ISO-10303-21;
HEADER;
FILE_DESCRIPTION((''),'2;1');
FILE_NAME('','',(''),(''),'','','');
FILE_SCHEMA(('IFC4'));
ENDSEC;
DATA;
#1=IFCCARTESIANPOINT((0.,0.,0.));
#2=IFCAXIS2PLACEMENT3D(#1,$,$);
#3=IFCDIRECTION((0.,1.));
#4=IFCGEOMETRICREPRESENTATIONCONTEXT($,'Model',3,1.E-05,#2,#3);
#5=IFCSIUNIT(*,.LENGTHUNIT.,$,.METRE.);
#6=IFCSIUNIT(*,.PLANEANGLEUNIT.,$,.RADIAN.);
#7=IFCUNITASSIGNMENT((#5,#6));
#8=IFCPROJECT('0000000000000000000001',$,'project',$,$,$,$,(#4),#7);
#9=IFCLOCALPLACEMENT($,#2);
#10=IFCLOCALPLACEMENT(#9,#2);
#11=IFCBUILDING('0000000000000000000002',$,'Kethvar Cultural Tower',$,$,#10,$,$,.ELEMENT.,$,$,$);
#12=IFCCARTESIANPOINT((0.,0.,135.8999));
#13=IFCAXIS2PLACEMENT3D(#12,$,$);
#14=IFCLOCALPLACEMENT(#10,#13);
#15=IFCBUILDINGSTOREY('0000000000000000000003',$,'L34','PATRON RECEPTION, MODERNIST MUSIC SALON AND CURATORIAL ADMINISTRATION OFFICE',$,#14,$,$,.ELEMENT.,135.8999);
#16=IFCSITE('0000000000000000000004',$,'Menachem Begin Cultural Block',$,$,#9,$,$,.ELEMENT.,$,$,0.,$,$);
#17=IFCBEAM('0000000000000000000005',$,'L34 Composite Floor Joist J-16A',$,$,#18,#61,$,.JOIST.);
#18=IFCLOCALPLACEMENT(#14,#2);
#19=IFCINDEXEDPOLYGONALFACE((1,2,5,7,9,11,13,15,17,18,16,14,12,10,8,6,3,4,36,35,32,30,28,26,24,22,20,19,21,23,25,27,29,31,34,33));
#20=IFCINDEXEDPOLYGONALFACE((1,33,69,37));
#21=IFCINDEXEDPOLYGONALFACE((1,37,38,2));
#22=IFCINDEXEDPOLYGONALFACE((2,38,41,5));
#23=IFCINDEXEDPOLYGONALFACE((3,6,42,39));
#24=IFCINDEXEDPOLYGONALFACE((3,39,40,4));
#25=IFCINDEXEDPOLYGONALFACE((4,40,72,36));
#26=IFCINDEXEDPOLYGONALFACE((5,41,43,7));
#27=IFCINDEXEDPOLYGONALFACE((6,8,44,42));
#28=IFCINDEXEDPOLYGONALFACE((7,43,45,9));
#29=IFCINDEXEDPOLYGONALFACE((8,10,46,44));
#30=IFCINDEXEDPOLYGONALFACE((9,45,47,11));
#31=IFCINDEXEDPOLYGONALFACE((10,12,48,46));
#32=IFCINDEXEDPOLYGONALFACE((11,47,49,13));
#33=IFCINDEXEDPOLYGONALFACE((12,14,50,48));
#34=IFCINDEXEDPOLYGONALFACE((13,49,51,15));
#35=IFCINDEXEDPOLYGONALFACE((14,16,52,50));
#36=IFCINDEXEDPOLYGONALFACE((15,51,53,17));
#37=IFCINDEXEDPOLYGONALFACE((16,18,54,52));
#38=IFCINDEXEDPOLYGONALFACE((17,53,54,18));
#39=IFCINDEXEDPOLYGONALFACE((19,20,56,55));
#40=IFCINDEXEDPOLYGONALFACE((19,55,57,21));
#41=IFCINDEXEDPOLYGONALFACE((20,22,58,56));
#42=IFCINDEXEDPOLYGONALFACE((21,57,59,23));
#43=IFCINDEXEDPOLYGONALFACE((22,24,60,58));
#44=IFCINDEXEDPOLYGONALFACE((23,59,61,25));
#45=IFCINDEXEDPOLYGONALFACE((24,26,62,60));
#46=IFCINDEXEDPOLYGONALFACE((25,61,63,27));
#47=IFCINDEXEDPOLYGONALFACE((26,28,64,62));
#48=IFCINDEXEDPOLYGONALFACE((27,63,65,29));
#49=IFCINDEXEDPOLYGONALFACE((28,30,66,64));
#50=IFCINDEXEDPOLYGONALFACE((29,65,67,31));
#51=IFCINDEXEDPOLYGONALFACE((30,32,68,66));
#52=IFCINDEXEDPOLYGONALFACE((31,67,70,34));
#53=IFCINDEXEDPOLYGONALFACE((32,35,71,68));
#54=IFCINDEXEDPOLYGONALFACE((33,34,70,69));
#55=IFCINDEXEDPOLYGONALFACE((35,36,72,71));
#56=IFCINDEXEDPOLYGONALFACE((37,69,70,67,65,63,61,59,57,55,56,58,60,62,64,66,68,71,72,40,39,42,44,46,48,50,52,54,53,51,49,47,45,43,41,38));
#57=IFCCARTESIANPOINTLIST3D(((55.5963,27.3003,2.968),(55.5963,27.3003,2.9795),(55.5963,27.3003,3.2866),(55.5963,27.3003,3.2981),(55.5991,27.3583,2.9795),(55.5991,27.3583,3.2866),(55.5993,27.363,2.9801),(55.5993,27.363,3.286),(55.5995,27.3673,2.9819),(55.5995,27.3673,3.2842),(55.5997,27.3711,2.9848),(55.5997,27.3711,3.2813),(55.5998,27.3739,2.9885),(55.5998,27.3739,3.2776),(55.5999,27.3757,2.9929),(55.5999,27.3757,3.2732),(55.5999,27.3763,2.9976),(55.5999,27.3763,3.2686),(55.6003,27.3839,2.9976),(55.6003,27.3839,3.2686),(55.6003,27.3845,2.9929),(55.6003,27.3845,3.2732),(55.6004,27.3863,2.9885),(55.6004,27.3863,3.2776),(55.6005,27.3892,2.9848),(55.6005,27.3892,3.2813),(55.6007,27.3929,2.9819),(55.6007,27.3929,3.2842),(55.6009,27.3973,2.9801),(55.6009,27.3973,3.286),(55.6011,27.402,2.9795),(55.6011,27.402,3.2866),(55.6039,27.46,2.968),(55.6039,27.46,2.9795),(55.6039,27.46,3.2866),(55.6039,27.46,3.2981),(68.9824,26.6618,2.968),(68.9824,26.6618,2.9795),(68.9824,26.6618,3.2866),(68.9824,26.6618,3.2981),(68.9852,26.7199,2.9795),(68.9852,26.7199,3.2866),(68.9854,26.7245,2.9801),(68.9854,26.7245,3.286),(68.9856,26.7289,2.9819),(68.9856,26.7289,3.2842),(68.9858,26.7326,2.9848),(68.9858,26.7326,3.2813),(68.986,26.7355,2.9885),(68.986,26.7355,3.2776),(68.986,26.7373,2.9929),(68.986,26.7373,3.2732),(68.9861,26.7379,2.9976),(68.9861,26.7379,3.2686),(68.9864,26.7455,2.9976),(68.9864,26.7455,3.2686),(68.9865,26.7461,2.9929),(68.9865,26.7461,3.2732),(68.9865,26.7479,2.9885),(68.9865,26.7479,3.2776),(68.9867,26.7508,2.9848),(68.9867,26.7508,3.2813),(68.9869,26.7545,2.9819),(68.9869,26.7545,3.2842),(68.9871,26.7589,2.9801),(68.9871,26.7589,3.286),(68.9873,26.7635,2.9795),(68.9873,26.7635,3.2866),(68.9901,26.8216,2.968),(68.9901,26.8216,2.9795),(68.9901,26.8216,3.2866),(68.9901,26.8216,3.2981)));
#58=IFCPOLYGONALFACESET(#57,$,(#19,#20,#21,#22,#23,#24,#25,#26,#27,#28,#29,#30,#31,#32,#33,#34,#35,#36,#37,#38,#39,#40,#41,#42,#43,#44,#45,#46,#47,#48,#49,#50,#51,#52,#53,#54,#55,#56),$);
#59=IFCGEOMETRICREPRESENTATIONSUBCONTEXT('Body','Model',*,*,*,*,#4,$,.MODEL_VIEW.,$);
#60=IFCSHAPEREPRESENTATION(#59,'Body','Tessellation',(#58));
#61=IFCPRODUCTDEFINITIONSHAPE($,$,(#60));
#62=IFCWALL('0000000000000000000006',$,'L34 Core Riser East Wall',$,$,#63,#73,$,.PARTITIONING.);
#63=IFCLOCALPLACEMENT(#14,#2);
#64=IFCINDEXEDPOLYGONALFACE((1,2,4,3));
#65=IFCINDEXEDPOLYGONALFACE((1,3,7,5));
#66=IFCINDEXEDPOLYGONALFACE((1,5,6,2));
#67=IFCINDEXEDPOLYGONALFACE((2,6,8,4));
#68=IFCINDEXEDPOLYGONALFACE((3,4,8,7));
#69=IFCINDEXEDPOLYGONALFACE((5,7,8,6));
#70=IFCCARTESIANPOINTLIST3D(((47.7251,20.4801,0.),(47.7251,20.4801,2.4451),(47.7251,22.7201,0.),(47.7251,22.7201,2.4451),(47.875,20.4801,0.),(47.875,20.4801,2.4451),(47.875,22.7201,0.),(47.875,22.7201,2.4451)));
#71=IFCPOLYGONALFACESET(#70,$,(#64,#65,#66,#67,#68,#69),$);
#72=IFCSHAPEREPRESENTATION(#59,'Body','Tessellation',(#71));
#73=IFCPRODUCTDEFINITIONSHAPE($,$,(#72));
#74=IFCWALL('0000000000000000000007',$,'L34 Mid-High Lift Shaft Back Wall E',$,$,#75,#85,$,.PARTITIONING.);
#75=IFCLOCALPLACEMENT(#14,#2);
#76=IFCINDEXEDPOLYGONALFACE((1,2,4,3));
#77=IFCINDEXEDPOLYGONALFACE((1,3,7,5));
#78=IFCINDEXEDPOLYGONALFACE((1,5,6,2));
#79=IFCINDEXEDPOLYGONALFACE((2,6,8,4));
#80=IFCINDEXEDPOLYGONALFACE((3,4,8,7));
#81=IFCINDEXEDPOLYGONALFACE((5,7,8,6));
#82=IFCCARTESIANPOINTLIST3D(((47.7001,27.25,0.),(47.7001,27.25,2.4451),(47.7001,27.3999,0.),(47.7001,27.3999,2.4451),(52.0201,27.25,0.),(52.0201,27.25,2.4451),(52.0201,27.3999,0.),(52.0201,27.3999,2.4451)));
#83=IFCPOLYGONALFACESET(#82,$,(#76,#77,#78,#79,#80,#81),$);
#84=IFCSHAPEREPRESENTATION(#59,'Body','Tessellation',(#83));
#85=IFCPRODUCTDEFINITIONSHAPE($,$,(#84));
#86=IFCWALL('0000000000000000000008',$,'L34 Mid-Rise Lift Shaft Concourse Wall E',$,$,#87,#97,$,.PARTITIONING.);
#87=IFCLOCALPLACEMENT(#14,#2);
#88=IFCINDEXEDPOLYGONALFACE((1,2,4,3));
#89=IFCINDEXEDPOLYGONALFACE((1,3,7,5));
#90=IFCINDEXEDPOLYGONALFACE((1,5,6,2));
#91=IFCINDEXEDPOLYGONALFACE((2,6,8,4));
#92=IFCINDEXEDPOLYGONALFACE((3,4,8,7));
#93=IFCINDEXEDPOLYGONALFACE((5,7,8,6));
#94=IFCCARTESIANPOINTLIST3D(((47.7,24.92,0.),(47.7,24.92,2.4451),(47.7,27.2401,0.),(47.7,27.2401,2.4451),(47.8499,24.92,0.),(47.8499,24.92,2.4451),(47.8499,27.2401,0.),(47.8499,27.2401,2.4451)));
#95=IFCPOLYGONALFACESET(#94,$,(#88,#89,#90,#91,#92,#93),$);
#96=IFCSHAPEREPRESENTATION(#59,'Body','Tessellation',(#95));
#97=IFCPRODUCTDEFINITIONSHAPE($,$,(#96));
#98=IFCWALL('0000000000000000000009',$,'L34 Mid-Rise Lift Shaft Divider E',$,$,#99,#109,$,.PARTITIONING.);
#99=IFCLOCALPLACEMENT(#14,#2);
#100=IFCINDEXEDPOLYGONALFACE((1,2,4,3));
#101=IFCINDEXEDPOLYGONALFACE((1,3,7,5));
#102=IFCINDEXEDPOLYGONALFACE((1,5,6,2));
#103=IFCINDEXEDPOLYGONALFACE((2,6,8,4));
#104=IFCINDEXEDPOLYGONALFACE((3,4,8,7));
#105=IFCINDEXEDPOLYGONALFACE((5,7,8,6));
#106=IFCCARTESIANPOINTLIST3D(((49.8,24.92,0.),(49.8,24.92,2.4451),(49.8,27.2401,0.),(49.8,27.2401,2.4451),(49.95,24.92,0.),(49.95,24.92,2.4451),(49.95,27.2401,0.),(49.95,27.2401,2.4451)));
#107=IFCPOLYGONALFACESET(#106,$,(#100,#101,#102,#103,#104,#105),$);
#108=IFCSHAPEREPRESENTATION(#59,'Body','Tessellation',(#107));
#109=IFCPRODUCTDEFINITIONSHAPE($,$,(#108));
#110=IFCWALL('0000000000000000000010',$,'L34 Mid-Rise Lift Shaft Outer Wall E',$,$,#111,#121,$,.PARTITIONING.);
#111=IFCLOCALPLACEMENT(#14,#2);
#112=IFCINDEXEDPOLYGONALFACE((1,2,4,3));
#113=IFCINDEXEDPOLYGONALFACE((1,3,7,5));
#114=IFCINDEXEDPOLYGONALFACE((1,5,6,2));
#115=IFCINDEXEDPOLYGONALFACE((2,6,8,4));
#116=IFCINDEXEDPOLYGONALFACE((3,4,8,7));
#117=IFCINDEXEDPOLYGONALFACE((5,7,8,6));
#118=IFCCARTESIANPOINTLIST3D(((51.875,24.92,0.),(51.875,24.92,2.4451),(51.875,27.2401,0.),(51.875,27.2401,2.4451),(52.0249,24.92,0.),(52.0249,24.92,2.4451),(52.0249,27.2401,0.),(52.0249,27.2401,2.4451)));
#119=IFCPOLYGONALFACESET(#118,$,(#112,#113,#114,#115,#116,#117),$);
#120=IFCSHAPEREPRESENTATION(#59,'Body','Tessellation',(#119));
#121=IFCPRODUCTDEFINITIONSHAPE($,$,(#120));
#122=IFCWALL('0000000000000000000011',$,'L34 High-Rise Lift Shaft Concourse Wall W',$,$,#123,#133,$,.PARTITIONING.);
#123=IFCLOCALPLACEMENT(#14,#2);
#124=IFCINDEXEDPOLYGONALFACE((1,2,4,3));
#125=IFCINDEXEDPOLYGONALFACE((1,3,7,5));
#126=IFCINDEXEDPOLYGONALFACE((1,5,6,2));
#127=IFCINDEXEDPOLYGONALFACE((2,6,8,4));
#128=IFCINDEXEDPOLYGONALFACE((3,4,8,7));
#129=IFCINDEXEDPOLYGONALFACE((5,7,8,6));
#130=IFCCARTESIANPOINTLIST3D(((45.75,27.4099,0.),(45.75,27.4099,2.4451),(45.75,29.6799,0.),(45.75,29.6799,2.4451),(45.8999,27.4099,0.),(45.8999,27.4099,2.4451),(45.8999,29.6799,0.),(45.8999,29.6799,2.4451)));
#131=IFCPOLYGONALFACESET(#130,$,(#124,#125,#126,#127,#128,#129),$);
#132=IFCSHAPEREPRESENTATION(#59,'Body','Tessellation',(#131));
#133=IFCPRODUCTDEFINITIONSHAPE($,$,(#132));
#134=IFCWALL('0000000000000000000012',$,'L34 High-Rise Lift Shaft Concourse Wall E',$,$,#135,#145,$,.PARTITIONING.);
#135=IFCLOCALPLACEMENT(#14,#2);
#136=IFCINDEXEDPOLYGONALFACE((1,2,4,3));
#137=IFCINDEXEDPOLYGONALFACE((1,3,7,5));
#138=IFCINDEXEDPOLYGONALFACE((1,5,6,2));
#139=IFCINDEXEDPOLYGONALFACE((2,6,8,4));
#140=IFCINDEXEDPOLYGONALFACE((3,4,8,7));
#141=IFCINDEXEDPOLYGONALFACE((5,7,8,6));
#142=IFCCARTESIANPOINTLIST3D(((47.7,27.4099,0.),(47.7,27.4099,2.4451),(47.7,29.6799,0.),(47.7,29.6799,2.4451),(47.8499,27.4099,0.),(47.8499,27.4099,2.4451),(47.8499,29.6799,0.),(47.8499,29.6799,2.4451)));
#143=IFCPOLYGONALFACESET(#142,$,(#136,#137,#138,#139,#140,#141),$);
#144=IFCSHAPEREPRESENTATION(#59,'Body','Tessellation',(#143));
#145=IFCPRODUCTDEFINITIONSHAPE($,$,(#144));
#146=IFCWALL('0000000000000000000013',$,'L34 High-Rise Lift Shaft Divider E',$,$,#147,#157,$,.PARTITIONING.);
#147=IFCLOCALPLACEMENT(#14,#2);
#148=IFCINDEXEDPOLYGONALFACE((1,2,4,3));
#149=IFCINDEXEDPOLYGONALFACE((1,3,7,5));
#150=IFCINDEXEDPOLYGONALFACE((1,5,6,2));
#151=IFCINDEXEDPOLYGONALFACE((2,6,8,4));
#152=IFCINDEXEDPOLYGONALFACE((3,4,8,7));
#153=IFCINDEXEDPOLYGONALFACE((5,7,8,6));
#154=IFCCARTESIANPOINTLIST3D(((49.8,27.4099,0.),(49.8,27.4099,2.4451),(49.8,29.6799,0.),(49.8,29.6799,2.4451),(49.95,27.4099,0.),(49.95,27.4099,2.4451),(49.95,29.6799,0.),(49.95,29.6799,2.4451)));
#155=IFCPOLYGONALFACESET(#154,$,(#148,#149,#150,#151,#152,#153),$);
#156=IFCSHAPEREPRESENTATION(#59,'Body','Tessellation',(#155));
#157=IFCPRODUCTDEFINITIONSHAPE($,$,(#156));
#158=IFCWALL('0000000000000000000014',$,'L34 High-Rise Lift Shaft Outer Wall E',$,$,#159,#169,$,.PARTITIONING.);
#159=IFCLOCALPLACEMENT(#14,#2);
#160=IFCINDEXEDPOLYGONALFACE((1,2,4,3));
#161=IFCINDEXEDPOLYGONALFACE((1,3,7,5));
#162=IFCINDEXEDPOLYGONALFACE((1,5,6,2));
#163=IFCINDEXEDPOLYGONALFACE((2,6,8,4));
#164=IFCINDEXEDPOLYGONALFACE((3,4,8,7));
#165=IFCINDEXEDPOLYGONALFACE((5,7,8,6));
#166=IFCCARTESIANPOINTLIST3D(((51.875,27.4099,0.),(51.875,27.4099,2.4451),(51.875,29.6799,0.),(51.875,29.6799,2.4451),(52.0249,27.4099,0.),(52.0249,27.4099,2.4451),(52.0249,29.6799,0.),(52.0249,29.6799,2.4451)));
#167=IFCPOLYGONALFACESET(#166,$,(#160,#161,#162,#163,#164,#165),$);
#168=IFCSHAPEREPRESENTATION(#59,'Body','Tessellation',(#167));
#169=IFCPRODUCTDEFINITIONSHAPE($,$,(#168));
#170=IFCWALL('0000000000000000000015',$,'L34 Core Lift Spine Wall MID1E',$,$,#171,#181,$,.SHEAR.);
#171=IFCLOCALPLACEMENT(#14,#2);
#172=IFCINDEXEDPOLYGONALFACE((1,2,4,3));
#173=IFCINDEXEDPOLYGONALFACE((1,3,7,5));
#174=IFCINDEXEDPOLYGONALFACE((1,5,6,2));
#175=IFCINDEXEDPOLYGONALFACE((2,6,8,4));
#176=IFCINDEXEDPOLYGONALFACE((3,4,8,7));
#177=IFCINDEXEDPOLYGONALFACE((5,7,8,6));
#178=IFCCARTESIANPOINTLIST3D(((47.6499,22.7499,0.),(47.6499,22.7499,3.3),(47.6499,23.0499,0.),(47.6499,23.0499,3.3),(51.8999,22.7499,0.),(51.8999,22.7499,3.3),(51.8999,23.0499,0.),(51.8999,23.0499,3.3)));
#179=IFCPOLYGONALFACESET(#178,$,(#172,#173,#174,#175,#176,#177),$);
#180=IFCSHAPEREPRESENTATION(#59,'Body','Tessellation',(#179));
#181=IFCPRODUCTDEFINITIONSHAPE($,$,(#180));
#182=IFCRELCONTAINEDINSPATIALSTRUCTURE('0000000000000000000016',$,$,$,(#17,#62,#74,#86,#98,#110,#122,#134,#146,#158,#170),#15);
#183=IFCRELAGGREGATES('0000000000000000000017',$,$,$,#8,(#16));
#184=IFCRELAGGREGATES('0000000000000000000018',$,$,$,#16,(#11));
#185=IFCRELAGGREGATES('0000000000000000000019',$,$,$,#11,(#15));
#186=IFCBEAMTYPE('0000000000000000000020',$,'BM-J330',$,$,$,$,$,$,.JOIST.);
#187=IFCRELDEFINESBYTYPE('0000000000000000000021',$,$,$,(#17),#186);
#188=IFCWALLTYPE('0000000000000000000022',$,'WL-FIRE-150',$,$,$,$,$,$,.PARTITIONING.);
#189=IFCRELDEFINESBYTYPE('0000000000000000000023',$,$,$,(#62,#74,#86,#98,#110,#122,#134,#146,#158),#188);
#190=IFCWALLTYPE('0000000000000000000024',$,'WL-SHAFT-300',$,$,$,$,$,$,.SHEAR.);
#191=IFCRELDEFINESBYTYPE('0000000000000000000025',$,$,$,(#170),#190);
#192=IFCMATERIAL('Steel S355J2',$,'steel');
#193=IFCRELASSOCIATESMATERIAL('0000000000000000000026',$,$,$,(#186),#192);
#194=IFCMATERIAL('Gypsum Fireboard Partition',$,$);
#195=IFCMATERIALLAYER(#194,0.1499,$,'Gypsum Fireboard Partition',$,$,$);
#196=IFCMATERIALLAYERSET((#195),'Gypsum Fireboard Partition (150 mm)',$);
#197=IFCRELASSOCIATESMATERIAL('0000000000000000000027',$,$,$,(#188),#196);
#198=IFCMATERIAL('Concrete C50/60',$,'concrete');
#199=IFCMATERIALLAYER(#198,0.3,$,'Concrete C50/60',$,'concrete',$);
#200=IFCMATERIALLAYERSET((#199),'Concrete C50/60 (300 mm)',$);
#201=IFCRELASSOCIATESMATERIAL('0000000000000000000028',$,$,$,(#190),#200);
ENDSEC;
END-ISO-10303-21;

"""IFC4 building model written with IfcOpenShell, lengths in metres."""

from ifc_helpers import new_model, si_unit, direction, frame, frame_2d, origin, origin_2d, place, context, subcontext, project, spatial, rectangle, i_section, extrude, source, transform, mapped, material, layer, layer_set, material_profile, profile_set, type_object, element, save


model = new_model("IFC4")

# Units and contexts
model_context = context("Model", 3, precision=1e-05, world=origin(), true_north=direction((0.0, 1.0)))
body_context = subcontext(model_context, "Body", "Model", "MODEL_VIEW")
ifc_project = project(units=[si_unit("LENGTHUNIT", "METRE"), si_unit("PLANEANGLEUNIT", "RADIAN")], contexts=[model_context])

# Site, building, storey
site_placement = place(None, origin())
site = spatial("IfcSite", under=ifc_project, at=site_placement, Name="Menachem Begin Cultural Block", CompositionType="ELEMENT", RefElevation=0.0)
building_placement = place(site_placement, origin())
building = spatial("IfcBuilding", under=site, at=building_placement, Name="Kethvar Cultural Tower", CompositionType="ELEMENT")
storey_placement = place(building_placement, frame((0.0, 0.0, 135.8999)))
storey = spatial("IfcBuildingStorey", under=building, at=storey_placement, Name="L34", Description="PATRON RECEPTION, MODERNIST MUSIC SALON AND CURATORIAL ADMINISTRATION OFFICE", CompositionType="ELEMENT", Elevation=135.8999)

# Beam
ifc_material_1 = material(Name="Steel S355J2", Category="steel")
ifc_material_profile_1 = material_profile(ifc_material_1, i_section(OverallWidth=0.1599, OverallDepth=0.3301, WebThickness=0.0076, FlangeThickness=0.0115, FilletRadius=0.0181, at=origin_2d()), Name="Steel S355J2 — IPE330")
ifc_profile_set_1 = profile_set([ifc_material_profile_1], Name="Steel S355J2 — IPE330")
beam_type_1 = type_object("IfcBeamType", Name="BM-J330", PredefinedType="JOIST", material=ifc_profile_set_1)
shared_shape_1 = source(origin(), body_context, "Body", "SweptSolid", [
    extrude(i_section(OverallWidth=0.1599, OverallDepth=0.3301, WebThickness=0.0076, FlangeThickness=0.0115, FilletRadius=0.0181, at=origin_2d()), origin(), (0.0, 0.0, 1.0), 13.4014),
])
beam_1_placement = place(storey_placement, frame((55.6001, 27.3801, 3.1331), z_axis=(0.998865, -0.047639, 0.0), x_axis=(0.047639, 0.998865, 0.0)))
element("IfcBeam", 1, at=beam_1_placement, inside=storey, type_object=beam_type_1, Name="L34 Composite Floor Joist J-16A", PredefinedType="JOIST", context=body_context, shape_type="MappedRepresentation", body=[
    mapped(shared_shape_1, transform((0.0, 0.0, 0.0), scale=1.0)),
])

# Walls
ifc_material_2 = material(Name="Gypsum Fireboard Partition")
ifc_layer_1 = layer(ifc_material_2, 0.1499, Name="Gypsum Fireboard Partition")
ifc_layer_set_1 = layer_set([ifc_layer_1], Name="Gypsum Fireboard Partition (150 mm)")
wall_type_1 = type_object("IfcWallType", Name="WL-FIRE-150", PredefinedType="PARTITIONING", material=ifc_layer_set_1)
wall_1_placement = place(storey_placement, frame((47.8, 20.48, 0.0), z_axis=(0.0, 0.0, 1.0), x_axis=(0.0, 1.0, 0.0)))
element("IfcWall", 2, at=wall_1_placement, inside=storey, type_object=wall_type_1, Name="L34 Core Riser East Wall", PredefinedType="PARTITIONING", context=body_context, shape_type="SweptSolid", body=[
    extrude(rectangle(XDim=2.24, YDim=0.1499, at=frame_2d((1.1201, 0.0))), origin(), (0.0, 0.0, 1.0), 2.4451),
])
wall_2_placement = place(storey_placement, frame((47.7, 27.325, 0.0), z_axis=(0.0, 0.0, 1.0), x_axis=(1.0, 0.0, 0.0)))
element("IfcWall", 3, at=wall_2_placement, inside=storey, type_object=wall_type_1, Name="L34 Mid-High Lift Shaft Back Wall E", PredefinedType="PARTITIONING", context=body_context, shape_type="SweptSolid", body=[
    extrude(rectangle(XDim=4.3201, YDim=0.1499, at=frame_2d((2.1602, 0.0))), origin(), (0.0, 0.0, 1.0), 2.4451),
])
for number, where, z_axis, x_axis, name in (
    (4, (47.7749, 24.9199, 0.0), (0.0, 0.0, 1.0), (0.0, 1.0, 0.0), "L34 Mid-Rise Lift Shaft Concourse Wall E"),
    (5, (49.875, 24.9199, 0.0), (0.0, 0.0, 1.0), (0.0, 1.0, 0.0), "L34 Mid-Rise Lift Shaft Divider E"),
    (6, (51.95, 24.9199, 0.0), (0.0, 0.0, 1.0), (0.0, 1.0, 0.0), "L34 Mid-Rise Lift Shaft Outer Wall E"),
):
    element("IfcWall", number, at=place(storey_placement, frame(where, z_axis=z_axis, x_axis=x_axis)), inside=storey, type_object=wall_type_1, Name=name, PredefinedType="PARTITIONING", context=body_context, shape_type="SweptSolid", body=[
        extrude(rectangle(XDim=2.3201, YDim=0.1499, at=frame_2d((1.1602, 0.0))), origin(), (0.0, 0.0, 1.0), 2.4451),
    ])
for number, where, z_axis, x_axis, name in (
    (7, (45.825, 27.4099, 0.0), (0.0, 0.0, 1.0), (0.0, 1.0, 0.0), "L34 High-Rise Lift Shaft Concourse Wall W"),
    (8, (47.7749, 27.4099, 0.0), (0.0, 0.0, 1.0), (0.0, 1.0, 0.0), "L34 High-Rise Lift Shaft Concourse Wall E"),
    (9, (49.875, 27.4099, 0.0), (0.0, 0.0, 1.0), (0.0, 1.0, 0.0), "L34 High-Rise Lift Shaft Divider E"),
    (10, (51.95, 27.4099, 0.0), (0.0, 0.0, 1.0), (0.0, 1.0, 0.0), "L34 High-Rise Lift Shaft Outer Wall E"),
):
    element("IfcWall", number, at=place(storey_placement, frame(where, z_axis=z_axis, x_axis=x_axis)), inside=storey, type_object=wall_type_1, Name=name, PredefinedType="PARTITIONING", context=body_context, shape_type="SweptSolid", body=[
        extrude(rectangle(XDim=2.27, YDim=0.1499, at=frame_2d((1.135, 0.0))), origin(), (0.0, 0.0, 1.0), 2.4451),
    ])
ifc_material_3 = material(Name="Concrete C50/60", Category="concrete")
ifc_layer_2 = layer(ifc_material_3, 0.3, Name="Concrete C50/60", Category="concrete")
ifc_layer_set_2 = layer_set([ifc_layer_2], Name="Concrete C50/60 (300 mm)")
wall_type_2 = type_object("IfcWallType", Name="WL-SHAFT-300", PredefinedType="SHEAR", material=ifc_layer_set_2)
wall_3_placement = place(storey_placement, frame((47.6499, 22.8999, 0.0), z_axis=(0.0, 0.0, 1.0), x_axis=(1.0, 0.0, 0.0)))
element("IfcWall", 11, at=wall_3_placement, inside=storey, type_object=wall_type_2, Name="L34 Core Lift Spine Wall MID1E", PredefinedType="SHEAR", context=body_context, shape_type="SweptSolid", body=[
    extrude(rectangle(XDim=4.25, YDim=0.3, at=frame_2d((2.125, 0.0))), origin(), (0.0, 0.0, 1.0), 3.3),
])

save(model, "model.ifc")
